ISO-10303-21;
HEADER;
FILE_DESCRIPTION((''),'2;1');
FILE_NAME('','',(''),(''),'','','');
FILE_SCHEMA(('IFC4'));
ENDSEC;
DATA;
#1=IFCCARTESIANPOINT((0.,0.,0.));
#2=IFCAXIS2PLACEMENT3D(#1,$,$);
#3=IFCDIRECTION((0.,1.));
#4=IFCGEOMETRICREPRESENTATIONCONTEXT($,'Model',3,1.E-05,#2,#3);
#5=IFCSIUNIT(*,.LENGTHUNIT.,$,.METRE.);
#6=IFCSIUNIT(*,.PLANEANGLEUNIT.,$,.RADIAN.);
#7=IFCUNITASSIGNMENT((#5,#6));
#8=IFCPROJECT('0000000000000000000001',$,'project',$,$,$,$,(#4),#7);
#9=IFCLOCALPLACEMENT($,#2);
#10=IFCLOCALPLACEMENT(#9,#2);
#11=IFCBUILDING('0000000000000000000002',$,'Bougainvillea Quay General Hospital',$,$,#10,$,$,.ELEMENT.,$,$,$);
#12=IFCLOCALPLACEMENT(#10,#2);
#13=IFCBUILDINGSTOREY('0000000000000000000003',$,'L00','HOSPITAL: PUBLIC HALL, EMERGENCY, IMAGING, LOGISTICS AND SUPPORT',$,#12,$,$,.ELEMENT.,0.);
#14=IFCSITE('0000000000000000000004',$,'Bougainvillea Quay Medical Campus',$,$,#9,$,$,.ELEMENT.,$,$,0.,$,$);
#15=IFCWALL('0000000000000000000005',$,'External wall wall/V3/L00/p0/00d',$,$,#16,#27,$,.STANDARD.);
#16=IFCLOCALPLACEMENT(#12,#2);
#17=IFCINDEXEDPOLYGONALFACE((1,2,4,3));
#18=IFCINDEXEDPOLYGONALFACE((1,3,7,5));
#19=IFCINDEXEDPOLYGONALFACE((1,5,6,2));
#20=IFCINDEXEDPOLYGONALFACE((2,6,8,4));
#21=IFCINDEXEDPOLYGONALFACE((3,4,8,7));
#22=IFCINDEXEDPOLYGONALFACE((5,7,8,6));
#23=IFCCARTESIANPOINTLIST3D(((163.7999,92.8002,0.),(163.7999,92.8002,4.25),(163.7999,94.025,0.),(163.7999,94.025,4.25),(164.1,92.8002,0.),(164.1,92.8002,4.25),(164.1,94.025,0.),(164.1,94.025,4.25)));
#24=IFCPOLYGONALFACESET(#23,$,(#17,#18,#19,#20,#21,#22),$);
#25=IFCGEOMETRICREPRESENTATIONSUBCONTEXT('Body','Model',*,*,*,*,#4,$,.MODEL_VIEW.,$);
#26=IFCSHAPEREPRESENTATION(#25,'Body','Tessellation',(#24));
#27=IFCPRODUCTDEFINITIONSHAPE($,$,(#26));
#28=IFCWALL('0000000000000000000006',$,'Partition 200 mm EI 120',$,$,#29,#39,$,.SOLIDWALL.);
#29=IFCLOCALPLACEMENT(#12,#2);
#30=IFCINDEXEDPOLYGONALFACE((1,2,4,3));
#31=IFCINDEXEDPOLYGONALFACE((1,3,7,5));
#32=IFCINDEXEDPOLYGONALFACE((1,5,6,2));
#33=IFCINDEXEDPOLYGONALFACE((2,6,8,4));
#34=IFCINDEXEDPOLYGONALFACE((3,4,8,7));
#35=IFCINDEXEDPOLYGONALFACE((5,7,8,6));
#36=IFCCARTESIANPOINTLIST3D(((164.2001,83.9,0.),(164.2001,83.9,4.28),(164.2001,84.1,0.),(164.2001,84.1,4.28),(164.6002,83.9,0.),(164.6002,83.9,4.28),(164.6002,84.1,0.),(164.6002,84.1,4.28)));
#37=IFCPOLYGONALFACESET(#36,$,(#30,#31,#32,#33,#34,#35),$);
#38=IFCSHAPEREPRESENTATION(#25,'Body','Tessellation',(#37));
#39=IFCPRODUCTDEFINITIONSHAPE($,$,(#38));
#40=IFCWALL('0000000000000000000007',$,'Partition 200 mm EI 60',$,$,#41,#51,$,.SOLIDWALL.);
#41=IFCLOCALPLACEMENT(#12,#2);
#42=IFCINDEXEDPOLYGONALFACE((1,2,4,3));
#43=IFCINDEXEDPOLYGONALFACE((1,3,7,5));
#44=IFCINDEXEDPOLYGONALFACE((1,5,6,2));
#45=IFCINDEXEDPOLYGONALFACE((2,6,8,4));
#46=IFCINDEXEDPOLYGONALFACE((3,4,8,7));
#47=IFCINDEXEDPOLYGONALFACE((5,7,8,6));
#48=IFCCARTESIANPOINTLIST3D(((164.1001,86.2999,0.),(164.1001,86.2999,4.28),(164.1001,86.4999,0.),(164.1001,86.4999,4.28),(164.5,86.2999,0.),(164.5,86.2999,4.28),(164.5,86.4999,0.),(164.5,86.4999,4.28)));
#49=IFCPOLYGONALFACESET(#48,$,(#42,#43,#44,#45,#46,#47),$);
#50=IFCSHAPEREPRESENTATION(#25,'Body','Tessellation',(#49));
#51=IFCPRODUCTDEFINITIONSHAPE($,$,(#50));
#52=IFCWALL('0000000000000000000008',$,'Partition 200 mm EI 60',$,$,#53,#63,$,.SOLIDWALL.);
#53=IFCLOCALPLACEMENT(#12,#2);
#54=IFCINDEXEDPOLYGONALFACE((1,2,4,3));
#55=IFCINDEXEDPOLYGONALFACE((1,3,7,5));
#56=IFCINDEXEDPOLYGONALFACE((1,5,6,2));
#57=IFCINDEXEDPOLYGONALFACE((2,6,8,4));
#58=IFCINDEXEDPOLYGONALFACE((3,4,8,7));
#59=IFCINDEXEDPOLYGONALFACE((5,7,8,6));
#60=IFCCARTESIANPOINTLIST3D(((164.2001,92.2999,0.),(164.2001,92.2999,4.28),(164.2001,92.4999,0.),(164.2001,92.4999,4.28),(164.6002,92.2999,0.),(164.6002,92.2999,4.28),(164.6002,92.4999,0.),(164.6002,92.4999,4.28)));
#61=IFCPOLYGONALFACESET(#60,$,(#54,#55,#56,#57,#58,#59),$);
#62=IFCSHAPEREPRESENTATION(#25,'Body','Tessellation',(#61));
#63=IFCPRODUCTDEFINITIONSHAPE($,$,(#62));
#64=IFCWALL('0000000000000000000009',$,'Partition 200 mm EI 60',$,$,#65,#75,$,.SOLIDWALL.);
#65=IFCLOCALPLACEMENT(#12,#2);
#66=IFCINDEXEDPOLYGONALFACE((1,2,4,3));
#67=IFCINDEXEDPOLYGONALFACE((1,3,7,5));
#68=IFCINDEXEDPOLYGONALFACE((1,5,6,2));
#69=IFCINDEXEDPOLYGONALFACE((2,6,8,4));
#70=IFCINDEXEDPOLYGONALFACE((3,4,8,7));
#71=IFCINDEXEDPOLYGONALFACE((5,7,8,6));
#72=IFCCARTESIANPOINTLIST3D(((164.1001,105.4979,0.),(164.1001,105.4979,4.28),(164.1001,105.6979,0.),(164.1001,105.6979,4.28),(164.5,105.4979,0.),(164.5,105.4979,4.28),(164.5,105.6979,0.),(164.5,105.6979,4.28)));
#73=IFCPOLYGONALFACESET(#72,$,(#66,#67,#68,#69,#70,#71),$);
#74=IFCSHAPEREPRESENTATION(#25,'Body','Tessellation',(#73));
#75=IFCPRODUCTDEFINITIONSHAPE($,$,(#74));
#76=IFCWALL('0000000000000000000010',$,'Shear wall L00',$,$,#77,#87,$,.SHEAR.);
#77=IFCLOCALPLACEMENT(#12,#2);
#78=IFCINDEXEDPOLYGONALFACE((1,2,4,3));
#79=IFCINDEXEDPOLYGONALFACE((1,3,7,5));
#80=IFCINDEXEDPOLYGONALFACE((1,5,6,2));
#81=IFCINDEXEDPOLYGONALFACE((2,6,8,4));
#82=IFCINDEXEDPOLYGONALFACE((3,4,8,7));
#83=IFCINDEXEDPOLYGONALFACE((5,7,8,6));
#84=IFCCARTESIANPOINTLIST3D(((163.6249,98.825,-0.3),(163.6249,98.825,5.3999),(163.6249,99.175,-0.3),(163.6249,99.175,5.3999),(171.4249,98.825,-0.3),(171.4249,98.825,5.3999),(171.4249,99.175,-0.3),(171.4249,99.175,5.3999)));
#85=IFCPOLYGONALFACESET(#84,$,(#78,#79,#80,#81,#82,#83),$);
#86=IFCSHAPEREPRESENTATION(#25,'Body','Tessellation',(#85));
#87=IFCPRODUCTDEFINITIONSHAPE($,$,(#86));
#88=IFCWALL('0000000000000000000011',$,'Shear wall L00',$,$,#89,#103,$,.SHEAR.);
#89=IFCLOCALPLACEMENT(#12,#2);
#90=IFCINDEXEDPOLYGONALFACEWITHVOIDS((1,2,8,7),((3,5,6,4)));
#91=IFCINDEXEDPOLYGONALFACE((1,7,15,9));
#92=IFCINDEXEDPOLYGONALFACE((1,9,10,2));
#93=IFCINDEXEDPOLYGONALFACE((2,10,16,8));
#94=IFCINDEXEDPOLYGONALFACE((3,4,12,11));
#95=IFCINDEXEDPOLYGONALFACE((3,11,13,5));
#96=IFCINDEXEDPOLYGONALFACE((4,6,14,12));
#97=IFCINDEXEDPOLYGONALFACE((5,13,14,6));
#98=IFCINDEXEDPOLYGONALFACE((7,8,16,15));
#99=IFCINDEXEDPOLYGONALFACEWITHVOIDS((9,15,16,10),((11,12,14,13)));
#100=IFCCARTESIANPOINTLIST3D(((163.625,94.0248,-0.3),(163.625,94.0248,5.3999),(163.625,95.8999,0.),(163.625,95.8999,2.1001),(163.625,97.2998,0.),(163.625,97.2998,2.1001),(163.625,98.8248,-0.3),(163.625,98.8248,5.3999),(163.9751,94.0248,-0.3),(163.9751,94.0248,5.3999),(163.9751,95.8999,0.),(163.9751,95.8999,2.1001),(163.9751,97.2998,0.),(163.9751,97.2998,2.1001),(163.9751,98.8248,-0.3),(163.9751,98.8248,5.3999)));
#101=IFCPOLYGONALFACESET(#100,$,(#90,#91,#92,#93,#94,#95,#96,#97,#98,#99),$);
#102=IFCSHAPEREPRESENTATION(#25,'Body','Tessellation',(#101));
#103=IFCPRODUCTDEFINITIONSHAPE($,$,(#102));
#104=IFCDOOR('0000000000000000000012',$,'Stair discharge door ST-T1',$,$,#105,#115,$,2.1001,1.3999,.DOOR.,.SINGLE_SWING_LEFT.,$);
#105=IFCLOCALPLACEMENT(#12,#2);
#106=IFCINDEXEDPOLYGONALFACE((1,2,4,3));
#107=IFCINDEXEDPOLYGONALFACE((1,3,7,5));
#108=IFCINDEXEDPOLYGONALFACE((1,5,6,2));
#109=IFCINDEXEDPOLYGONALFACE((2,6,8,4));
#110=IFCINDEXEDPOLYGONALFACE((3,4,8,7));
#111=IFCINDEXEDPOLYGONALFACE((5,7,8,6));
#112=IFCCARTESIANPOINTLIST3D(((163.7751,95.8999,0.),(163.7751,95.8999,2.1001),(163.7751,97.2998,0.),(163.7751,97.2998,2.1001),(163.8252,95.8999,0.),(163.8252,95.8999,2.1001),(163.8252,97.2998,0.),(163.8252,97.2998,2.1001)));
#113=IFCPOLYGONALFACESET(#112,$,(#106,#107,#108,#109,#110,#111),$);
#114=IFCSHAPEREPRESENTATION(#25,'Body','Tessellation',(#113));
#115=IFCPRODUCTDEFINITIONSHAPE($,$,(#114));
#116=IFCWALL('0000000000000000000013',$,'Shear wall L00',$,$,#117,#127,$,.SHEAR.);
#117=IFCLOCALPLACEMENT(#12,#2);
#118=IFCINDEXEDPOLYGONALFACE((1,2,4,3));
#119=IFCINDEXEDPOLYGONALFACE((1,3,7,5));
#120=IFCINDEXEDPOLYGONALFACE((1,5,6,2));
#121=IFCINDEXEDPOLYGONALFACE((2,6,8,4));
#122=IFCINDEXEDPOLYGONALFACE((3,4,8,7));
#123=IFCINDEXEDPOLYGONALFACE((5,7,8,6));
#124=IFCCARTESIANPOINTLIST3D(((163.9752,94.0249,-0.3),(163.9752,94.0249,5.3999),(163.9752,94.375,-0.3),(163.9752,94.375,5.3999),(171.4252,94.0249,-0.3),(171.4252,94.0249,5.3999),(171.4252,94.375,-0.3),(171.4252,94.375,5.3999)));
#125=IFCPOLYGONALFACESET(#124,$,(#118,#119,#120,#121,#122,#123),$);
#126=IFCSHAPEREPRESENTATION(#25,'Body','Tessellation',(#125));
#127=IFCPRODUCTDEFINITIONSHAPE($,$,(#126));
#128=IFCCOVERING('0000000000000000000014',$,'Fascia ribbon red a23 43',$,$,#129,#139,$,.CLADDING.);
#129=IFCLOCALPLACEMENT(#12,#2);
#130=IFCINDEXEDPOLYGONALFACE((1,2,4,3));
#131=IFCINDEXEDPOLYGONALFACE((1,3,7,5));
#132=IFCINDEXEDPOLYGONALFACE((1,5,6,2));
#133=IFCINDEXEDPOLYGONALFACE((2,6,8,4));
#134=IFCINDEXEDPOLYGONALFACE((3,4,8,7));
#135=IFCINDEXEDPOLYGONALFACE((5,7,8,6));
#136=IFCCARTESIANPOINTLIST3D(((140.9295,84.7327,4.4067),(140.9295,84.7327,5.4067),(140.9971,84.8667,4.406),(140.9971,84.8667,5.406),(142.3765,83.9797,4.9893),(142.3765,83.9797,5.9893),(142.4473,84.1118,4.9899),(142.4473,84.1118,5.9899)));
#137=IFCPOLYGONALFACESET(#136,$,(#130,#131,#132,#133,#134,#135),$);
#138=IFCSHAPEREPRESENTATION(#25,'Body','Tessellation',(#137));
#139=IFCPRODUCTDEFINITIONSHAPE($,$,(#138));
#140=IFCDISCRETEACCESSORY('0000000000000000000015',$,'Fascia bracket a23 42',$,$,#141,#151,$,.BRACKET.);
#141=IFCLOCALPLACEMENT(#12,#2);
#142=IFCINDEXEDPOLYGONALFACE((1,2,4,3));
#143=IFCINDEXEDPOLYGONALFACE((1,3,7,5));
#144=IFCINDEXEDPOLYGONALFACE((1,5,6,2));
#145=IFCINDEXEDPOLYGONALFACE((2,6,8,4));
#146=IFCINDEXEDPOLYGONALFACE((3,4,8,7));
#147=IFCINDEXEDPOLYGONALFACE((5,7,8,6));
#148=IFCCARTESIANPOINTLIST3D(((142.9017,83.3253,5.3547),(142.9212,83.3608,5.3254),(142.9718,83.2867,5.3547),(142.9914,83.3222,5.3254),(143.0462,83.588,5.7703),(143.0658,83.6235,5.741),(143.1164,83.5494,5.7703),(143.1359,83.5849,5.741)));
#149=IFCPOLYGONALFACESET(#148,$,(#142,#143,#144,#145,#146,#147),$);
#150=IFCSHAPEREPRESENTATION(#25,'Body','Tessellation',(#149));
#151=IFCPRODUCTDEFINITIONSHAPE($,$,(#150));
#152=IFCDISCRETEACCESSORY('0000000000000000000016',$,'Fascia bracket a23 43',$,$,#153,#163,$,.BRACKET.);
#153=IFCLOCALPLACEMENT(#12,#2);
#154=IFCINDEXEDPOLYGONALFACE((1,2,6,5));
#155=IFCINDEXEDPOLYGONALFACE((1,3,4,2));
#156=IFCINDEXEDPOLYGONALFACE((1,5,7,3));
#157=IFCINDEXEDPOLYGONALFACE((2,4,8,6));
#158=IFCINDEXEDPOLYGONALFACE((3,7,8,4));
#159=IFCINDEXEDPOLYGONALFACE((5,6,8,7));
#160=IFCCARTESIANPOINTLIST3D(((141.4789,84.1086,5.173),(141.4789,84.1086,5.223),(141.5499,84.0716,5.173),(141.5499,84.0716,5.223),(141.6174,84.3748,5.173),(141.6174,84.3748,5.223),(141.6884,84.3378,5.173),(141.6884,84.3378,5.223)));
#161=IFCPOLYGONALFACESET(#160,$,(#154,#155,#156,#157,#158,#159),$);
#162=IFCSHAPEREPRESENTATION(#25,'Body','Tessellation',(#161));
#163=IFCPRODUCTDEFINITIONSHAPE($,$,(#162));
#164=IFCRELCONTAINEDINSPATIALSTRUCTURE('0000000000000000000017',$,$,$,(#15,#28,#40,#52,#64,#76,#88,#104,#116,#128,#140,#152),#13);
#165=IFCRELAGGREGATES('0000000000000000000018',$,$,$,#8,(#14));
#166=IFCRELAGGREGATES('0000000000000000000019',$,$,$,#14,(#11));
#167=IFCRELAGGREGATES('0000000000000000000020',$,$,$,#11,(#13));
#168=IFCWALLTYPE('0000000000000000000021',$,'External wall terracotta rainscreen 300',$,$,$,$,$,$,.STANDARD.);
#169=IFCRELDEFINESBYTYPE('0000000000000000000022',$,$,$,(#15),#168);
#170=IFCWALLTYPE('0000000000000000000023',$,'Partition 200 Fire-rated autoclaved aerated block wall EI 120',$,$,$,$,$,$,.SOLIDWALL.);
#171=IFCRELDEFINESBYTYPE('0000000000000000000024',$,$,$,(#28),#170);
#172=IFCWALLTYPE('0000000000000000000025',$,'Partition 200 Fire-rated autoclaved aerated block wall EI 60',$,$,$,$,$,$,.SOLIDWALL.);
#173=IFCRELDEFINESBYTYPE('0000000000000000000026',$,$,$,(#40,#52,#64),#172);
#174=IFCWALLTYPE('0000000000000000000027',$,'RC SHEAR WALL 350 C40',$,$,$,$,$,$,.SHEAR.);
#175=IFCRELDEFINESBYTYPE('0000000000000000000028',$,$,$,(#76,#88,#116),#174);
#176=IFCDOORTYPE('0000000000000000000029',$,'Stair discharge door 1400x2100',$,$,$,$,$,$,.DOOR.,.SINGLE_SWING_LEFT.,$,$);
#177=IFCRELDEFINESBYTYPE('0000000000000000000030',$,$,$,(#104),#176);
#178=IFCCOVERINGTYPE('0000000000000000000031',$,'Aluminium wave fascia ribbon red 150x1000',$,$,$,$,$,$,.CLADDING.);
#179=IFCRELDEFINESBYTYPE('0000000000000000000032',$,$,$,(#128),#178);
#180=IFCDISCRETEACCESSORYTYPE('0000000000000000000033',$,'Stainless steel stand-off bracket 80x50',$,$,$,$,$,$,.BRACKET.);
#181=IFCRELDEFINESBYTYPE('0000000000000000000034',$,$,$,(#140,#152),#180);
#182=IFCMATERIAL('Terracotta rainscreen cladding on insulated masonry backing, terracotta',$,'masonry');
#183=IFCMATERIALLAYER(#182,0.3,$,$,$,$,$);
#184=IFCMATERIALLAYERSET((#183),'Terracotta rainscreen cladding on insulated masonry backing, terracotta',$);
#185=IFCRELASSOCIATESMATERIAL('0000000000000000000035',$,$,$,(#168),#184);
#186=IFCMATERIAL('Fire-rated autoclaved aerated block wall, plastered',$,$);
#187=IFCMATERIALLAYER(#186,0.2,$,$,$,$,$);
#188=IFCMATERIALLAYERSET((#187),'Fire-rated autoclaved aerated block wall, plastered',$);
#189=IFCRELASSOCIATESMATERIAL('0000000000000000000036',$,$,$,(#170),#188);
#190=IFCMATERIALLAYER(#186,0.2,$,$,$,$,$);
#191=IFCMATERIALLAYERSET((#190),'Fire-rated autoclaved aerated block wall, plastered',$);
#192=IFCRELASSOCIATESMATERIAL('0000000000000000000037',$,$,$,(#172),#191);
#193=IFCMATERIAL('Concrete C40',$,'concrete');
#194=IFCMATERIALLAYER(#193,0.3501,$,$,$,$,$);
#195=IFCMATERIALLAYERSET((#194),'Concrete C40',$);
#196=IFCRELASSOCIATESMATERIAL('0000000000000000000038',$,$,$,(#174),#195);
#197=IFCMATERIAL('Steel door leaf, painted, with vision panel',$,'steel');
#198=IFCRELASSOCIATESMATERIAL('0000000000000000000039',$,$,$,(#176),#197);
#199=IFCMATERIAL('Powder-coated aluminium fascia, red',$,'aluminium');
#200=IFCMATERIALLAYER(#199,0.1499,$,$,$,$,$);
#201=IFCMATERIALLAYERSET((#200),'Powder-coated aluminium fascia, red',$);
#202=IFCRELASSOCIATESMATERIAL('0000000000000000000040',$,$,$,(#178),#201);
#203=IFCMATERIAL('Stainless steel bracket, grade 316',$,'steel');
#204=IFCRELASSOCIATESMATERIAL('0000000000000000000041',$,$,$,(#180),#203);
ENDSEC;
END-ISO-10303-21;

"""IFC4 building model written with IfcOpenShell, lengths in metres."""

from ifc_helpers import new_model, si_unit, direction, frame, frame_2d, origin, origin_2d, place, context, subcontext, project, spatial, polyline, rectangle, outline, extrude, material, layer, layer_set, material_profile, profile_set, type_object, element, fill, save


model = new_model("IFC4")

# Units and contexts
model_context = context("Model", 3, precision=1e-05, world=origin(), true_north=direction((0.0, 1.0)))
body_context = subcontext(model_context, "Body", "Model", "MODEL_VIEW")
ifc_project = project(units=[si_unit("LENGTHUNIT", "METRE"), si_unit("PLANEANGLEUNIT", "RADIAN")], contexts=[model_context])

# Site, building, storey
site_placement = place(None, origin())
site = spatial("IfcSite", under=ifc_project, at=site_placement, Name="Bougainvillea Quay Medical Campus", CompositionType="ELEMENT", RefElevation=0.0)
building_placement = place(site_placement, origin())
building = spatial("IfcBuilding", under=site, at=building_placement, Name="Bougainvillea Quay General Hospital", CompositionType="ELEMENT")
storey_placement = place(building_placement, origin())
storey = spatial("IfcBuildingStorey", under=building, at=storey_placement, Name="L00", Description="HOSPITAL: PUBLIC HALL, EMERGENCY, IMAGING, LOGISTICS AND SUPPORT", CompositionType="ELEMENT", Elevation=0.0)

# Shared definitions
ifc_material_1 = material(Name="Concrete C40", Category="concrete")

# Walls
ifc_material_2 = material(Name="Terracotta rainscreen cladding on insulated masonry backing, terracotta", Category="masonry")
ifc_layer_1 = layer(ifc_material_2, 0.3)
ifc_layer_set_1 = layer_set([ifc_layer_1], Name="Terracotta rainscreen cladding on insulated masonry backing, terracotta")
wall_type_1 = type_object("IfcWallType", Name="External wall terracotta rainscreen 300", PredefinedType="STANDARD", material=ifc_layer_set_1)
for number, where, z_axis, x_axis, name in (
    (1, (163.95, 94.0249, 0.0), (0.0, 0.0, 1.0), (0.0, -1.0, 0.0), "External wall wall/V3/L00/p0/00d"),
):
    element("IfcWall", number, at=place(storey_placement, frame(where, z_axis=z_axis, x_axis=x_axis)), inside=storey, type_object=wall_type_1, Name=name, PredefinedType="STANDARD", context=body_context, shape_type="SweptSolid", body=[
        extrude(rectangle(XDim=1.2249, YDim=0.3, at=frame_2d((0.6123, 0.0))), origin(), (0.0, 0.0, 1.0), 4.25),
    ])
ifc_material_3 = material(Name="Fire-rated autoclaved aerated block wall, plastered")
ifc_layer_2 = layer(ifc_material_3, 0.2)
ifc_layer_set_2 = layer_set([ifc_layer_2], Name="Fire-rated autoclaved aerated block wall, plastered")
wall_type_2 = type_object("IfcWallType", Name="Partition 200 Fire-rated autoclaved aerated block wall EI 120", PredefinedType="SOLIDWALL", material=ifc_layer_set_2)
wall_1_placement = place(storey_placement, frame((164.2, 84.0, 0.0), z_axis=(0.0, 0.0, 1.0), x_axis=(1.0, 0.0, 0.0)))
element("IfcWall", 2, at=wall_1_placement, inside=storey, type_object=wall_type_2, Name="Partition 200 mm EI 120", PredefinedType="SOLIDWALL", context=body_context, shape_type="SweptSolid", body=[
    extrude(rectangle(XDim=0.4001, YDim=0.2, at=frame_2d((0.2002, 0.0))), origin(), (0.0, 0.0, 1.0), 4.28),
])
ifc_layer_3 = layer(ifc_material_3, 0.2)
ifc_layer_set_3 = layer_set([ifc_layer_3], Name="Fire-rated autoclaved aerated block wall, plastered")
wall_type_3 = type_object("IfcWallType", Name="Partition 200 Fire-rated autoclaved aerated block wall EI 60", PredefinedType="SOLIDWALL", material=ifc_layer_set_3)
wall_2_placement = place(storey_placement, frame((164.1001, 86.3999, 0.0), z_axis=(0.0, 0.0, 1.0), x_axis=(1.0, 0.0, 0.0)))
element("IfcWall", 3, at=wall_2_placement, inside=storey, type_object=wall_type_3, Name="Partition 200 mm EI 60", PredefinedType="SOLIDWALL", context=body_context, shape_type="SweptSolid", body=[
    extrude(rectangle(XDim=0.3999, YDim=0.2, at=frame_2d((0.2, 0.0))), origin(), (0.0, 0.0, 1.0), 4.28),
])
wall_3_placement = place(storey_placement, frame((164.2, 92.3999, 0.0), z_axis=(0.0, 0.0, 1.0), x_axis=(1.0, 0.0, 0.0)))
element("IfcWall", 4, at=wall_3_placement, inside=storey, type_object=wall_type_3, Name="Partition 200 mm EI 60", PredefinedType="SOLIDWALL", context=body_context, shape_type="SweptSolid", body=[
    extrude(rectangle(XDim=0.4001, YDim=0.2, at=frame_2d((0.2002, 0.0))), origin(), (0.0, 0.0, 1.0), 4.28),
])
wall_4_placement = place(storey_placement, frame((164.1001, 105.5979, 0.0), z_axis=(0.0, 0.0, 1.0), x_axis=(1.0, 0.0, 0.0)))
element("IfcWall", 5, at=wall_4_placement, inside=storey, type_object=wall_type_3, Name="Partition 200 mm EI 60", PredefinedType="SOLIDWALL", context=body_context, shape_type="SweptSolid", body=[
    extrude(rectangle(XDim=0.3999, YDim=0.2, at=frame_2d((0.2, 0.0))), origin(), (0.0, 0.0, 1.0), 4.28),
])
ifc_layer_4 = layer(ifc_material_1, 0.3501)
ifc_layer_set_4 = layer_set([ifc_layer_4], Name="Concrete C40")
wall_type_4 = type_object("IfcWallType", Name="RC SHEAR WALL 350 C40", PredefinedType="SHEAR", material=ifc_layer_set_4)
wall_5_placement = place(storey_placement, frame((163.625, 99.0, -0.3), z_axis=(0.0, 0.0, 1.0), x_axis=(1.0, 0.0, 0.0)))
element("IfcWall", 6, at=wall_5_placement, inside=storey, type_object=wall_type_4, Name="Shear wall L00", PredefinedType="SHEAR", context=body_context, shape_type="SweptSolid", body=[
    extrude(rectangle(XDim=7.8, YDim=0.3501, at=frame_2d((3.8999, 0.0))), origin(), (0.0, 0.0, 1.0), 5.7),
])

# Wall, opening, door
wall_6_placement = place(storey_placement, frame((163.8, 94.0249, -0.3), z_axis=(0.0, 0.0, 1.0), x_axis=(0.0, 1.0, 0.0)))
wall_6 = element("IfcWall", 7, at=wall_6_placement, inside=storey, type_object=wall_type_4, Name="Shear wall L00", PredefinedType="SHEAR", context=body_context, shape_type="SweptSolid", body=[
    extrude(rectangle(XDim=4.8, YDim=0.3501, at=frame_2d((2.3999, 0.0))), origin(), (0.0, 0.0, 1.0), 5.7),
])
opening_1_placement = place(wall_6_placement, frame((1.875, 0.0, 0.3)))
opening_1 = element("IfcOpeningElement", 8, at=opening_1_placement, cuts=wall_6, PredefinedType="OPENING", context=body_context, shape_type="SweptSolid", body=[
    extrude(rectangle(XDim=1.3999, YDim=2.1001, at=frame_2d((0.7, 1.05))), frame((0.0, 0.1851, 0.0), z_axis=(0.0, -1.0, 0.0), x_axis=(1.0, 0.0, 0.0)), (0.0, 0.0, 1.0), 0.3701),
])
ifc_material_4 = material(Name="Steel door leaf, painted, with vision panel", Category="steel")
door_type_1 = type_object("IfcDoorType", Name="Stair discharge door 1400x2100", OperationType="SINGLE_SWING_LEFT", PredefinedType="DOOR", material=ifc_material_4)
door_1_placement = place(opening_1_placement, origin())
door_1 = element("IfcDoor", 9, at=door_1_placement, inside=storey, type_object=door_type_1, Name="Stair discharge door ST-T1", OperationType="SINGLE_SWING_LEFT", OverallHeight=2.1001, OverallWidth=1.3999, PredefinedType="DOOR", context=body_context, shape_type="SweptSolid", body=[
    extrude(rectangle(XDim=1.3999, YDim=2.1001, at=frame_2d((0.7, 1.05))), frame((0.0, 0.0249, 0.0), z_axis=(0.0, -1.0, 0.0), x_axis=(1.0, 0.0, 0.0)), (0.0, 0.0, 1.0), 0.05),
])
fill(opening_1, door_1)

# Wall
wall_7_placement = place(storey_placement, frame((163.9751, 94.2, -0.3), z_axis=(0.0, 0.0, 1.0), x_axis=(1.0, 0.0, 0.0)))
element("IfcWall", 10, at=wall_7_placement, inside=storey, type_object=wall_type_4, Name="Shear wall L00", PredefinedType="SHEAR", context=body_context, shape_type="SweptSolid", body=[
    extrude(rectangle(XDim=7.45, YDim=0.3501, at=frame_2d((3.7251, 0.0))), origin(), (0.0, 0.0, 1.0), 5.7),
])

# Covering
ifc_material_5 = material(Name="Powder-coated aluminium fascia, red", Category="aluminium")
ifc_layer_5 = layer(ifc_material_5, 0.1499)
ifc_layer_set_5 = layer_set([ifc_layer_5], Name="Powder-coated aluminium fascia, red")
covering_type = type_object("IfcCoveringType", Name="Aluminium wave fascia ribbon red 150x1000", PredefinedType="CLADDING", material=ifc_layer_set_5)
covering_placement = place(storey_placement, frame((142.3765, 83.9797, 4.9893), z_axis=(-0.29839, 0.155218, 0.941738), x_axis=(-0.835413, 0.434691, -0.336347)))
element("IfcCovering", 11, at=covering_placement, inside=storey, type_object=covering_type, Name="Fascia ribbon red a23 43", PredefinedType="CLADDING", context=body_context, shape_type="SweptSolid", body=[
    extrude(outline(polyline([(0.0, 0.0), (1.7321, 0.0), (1.7341, -0.1501), (-0.002, -0.1498), (0.0, 0.0)])), origin(), (-0.336347, -0.000037, 0.941738), 1.0),
])

# Discrete accessories
ifc_material_6 = material(Name="Stainless steel bracket, grade 316", Category="steel")
ifc_material_profile_1 = material_profile(ifc_material_6, rectangle(XDim=0.0801, YDim=0.05, at=origin_2d()))
ifc_profile_set_1 = profile_set([ifc_material_profile_1], Name="Stainless steel bracket, grade 316")
discrete_accessory_type = type_object("IfcDiscreteAccessoryType", Name="Stainless steel stand-off bracket 80x50", PredefinedType="BRACKET", material=ifc_profile_set_1)
discrete_accessory_1_placement = place(storey_placement, frame((142.9465, 83.3237, 5.3401), z_axis=(0.282063, 0.512669, 0.810932), x_axis=(-0.876147, 0.482044, 0.0)))
element("IfcDiscreteAccessory", 12, at=discrete_accessory_1_placement, inside=storey, type_object=discrete_accessory_type, Name="Fascia bracket a23 42", PredefinedType="BRACKET", context=body_context, shape_type="SweptSolid", body=[
    extrude(rectangle(XDim=0.0801, YDim=0.05, at=origin_2d()), origin(), (0.0, 0.0, 1.0), 0.5125),
])
discrete_accessory_2_placement = place(storey_placement, frame((141.5144, 84.0901, 5.198), z_axis=(0.461481, 0.88715, 0.0), x_axis=(-0.88715, 0.461481, 0.0)))
element("IfcDiscreteAccessory", 13, at=discrete_accessory_2_placement, inside=storey, type_object=discrete_accessory_type, Name="Fascia bracket a23 43", PredefinedType="BRACKET", context=body_context, shape_type="SweptSolid", body=[
    extrude(rectangle(XDim=0.0801, YDim=0.05, at=origin_2d()), origin(), (0.0, 0.0, 1.0), 0.3),
])

save(model, "model.ifc")
